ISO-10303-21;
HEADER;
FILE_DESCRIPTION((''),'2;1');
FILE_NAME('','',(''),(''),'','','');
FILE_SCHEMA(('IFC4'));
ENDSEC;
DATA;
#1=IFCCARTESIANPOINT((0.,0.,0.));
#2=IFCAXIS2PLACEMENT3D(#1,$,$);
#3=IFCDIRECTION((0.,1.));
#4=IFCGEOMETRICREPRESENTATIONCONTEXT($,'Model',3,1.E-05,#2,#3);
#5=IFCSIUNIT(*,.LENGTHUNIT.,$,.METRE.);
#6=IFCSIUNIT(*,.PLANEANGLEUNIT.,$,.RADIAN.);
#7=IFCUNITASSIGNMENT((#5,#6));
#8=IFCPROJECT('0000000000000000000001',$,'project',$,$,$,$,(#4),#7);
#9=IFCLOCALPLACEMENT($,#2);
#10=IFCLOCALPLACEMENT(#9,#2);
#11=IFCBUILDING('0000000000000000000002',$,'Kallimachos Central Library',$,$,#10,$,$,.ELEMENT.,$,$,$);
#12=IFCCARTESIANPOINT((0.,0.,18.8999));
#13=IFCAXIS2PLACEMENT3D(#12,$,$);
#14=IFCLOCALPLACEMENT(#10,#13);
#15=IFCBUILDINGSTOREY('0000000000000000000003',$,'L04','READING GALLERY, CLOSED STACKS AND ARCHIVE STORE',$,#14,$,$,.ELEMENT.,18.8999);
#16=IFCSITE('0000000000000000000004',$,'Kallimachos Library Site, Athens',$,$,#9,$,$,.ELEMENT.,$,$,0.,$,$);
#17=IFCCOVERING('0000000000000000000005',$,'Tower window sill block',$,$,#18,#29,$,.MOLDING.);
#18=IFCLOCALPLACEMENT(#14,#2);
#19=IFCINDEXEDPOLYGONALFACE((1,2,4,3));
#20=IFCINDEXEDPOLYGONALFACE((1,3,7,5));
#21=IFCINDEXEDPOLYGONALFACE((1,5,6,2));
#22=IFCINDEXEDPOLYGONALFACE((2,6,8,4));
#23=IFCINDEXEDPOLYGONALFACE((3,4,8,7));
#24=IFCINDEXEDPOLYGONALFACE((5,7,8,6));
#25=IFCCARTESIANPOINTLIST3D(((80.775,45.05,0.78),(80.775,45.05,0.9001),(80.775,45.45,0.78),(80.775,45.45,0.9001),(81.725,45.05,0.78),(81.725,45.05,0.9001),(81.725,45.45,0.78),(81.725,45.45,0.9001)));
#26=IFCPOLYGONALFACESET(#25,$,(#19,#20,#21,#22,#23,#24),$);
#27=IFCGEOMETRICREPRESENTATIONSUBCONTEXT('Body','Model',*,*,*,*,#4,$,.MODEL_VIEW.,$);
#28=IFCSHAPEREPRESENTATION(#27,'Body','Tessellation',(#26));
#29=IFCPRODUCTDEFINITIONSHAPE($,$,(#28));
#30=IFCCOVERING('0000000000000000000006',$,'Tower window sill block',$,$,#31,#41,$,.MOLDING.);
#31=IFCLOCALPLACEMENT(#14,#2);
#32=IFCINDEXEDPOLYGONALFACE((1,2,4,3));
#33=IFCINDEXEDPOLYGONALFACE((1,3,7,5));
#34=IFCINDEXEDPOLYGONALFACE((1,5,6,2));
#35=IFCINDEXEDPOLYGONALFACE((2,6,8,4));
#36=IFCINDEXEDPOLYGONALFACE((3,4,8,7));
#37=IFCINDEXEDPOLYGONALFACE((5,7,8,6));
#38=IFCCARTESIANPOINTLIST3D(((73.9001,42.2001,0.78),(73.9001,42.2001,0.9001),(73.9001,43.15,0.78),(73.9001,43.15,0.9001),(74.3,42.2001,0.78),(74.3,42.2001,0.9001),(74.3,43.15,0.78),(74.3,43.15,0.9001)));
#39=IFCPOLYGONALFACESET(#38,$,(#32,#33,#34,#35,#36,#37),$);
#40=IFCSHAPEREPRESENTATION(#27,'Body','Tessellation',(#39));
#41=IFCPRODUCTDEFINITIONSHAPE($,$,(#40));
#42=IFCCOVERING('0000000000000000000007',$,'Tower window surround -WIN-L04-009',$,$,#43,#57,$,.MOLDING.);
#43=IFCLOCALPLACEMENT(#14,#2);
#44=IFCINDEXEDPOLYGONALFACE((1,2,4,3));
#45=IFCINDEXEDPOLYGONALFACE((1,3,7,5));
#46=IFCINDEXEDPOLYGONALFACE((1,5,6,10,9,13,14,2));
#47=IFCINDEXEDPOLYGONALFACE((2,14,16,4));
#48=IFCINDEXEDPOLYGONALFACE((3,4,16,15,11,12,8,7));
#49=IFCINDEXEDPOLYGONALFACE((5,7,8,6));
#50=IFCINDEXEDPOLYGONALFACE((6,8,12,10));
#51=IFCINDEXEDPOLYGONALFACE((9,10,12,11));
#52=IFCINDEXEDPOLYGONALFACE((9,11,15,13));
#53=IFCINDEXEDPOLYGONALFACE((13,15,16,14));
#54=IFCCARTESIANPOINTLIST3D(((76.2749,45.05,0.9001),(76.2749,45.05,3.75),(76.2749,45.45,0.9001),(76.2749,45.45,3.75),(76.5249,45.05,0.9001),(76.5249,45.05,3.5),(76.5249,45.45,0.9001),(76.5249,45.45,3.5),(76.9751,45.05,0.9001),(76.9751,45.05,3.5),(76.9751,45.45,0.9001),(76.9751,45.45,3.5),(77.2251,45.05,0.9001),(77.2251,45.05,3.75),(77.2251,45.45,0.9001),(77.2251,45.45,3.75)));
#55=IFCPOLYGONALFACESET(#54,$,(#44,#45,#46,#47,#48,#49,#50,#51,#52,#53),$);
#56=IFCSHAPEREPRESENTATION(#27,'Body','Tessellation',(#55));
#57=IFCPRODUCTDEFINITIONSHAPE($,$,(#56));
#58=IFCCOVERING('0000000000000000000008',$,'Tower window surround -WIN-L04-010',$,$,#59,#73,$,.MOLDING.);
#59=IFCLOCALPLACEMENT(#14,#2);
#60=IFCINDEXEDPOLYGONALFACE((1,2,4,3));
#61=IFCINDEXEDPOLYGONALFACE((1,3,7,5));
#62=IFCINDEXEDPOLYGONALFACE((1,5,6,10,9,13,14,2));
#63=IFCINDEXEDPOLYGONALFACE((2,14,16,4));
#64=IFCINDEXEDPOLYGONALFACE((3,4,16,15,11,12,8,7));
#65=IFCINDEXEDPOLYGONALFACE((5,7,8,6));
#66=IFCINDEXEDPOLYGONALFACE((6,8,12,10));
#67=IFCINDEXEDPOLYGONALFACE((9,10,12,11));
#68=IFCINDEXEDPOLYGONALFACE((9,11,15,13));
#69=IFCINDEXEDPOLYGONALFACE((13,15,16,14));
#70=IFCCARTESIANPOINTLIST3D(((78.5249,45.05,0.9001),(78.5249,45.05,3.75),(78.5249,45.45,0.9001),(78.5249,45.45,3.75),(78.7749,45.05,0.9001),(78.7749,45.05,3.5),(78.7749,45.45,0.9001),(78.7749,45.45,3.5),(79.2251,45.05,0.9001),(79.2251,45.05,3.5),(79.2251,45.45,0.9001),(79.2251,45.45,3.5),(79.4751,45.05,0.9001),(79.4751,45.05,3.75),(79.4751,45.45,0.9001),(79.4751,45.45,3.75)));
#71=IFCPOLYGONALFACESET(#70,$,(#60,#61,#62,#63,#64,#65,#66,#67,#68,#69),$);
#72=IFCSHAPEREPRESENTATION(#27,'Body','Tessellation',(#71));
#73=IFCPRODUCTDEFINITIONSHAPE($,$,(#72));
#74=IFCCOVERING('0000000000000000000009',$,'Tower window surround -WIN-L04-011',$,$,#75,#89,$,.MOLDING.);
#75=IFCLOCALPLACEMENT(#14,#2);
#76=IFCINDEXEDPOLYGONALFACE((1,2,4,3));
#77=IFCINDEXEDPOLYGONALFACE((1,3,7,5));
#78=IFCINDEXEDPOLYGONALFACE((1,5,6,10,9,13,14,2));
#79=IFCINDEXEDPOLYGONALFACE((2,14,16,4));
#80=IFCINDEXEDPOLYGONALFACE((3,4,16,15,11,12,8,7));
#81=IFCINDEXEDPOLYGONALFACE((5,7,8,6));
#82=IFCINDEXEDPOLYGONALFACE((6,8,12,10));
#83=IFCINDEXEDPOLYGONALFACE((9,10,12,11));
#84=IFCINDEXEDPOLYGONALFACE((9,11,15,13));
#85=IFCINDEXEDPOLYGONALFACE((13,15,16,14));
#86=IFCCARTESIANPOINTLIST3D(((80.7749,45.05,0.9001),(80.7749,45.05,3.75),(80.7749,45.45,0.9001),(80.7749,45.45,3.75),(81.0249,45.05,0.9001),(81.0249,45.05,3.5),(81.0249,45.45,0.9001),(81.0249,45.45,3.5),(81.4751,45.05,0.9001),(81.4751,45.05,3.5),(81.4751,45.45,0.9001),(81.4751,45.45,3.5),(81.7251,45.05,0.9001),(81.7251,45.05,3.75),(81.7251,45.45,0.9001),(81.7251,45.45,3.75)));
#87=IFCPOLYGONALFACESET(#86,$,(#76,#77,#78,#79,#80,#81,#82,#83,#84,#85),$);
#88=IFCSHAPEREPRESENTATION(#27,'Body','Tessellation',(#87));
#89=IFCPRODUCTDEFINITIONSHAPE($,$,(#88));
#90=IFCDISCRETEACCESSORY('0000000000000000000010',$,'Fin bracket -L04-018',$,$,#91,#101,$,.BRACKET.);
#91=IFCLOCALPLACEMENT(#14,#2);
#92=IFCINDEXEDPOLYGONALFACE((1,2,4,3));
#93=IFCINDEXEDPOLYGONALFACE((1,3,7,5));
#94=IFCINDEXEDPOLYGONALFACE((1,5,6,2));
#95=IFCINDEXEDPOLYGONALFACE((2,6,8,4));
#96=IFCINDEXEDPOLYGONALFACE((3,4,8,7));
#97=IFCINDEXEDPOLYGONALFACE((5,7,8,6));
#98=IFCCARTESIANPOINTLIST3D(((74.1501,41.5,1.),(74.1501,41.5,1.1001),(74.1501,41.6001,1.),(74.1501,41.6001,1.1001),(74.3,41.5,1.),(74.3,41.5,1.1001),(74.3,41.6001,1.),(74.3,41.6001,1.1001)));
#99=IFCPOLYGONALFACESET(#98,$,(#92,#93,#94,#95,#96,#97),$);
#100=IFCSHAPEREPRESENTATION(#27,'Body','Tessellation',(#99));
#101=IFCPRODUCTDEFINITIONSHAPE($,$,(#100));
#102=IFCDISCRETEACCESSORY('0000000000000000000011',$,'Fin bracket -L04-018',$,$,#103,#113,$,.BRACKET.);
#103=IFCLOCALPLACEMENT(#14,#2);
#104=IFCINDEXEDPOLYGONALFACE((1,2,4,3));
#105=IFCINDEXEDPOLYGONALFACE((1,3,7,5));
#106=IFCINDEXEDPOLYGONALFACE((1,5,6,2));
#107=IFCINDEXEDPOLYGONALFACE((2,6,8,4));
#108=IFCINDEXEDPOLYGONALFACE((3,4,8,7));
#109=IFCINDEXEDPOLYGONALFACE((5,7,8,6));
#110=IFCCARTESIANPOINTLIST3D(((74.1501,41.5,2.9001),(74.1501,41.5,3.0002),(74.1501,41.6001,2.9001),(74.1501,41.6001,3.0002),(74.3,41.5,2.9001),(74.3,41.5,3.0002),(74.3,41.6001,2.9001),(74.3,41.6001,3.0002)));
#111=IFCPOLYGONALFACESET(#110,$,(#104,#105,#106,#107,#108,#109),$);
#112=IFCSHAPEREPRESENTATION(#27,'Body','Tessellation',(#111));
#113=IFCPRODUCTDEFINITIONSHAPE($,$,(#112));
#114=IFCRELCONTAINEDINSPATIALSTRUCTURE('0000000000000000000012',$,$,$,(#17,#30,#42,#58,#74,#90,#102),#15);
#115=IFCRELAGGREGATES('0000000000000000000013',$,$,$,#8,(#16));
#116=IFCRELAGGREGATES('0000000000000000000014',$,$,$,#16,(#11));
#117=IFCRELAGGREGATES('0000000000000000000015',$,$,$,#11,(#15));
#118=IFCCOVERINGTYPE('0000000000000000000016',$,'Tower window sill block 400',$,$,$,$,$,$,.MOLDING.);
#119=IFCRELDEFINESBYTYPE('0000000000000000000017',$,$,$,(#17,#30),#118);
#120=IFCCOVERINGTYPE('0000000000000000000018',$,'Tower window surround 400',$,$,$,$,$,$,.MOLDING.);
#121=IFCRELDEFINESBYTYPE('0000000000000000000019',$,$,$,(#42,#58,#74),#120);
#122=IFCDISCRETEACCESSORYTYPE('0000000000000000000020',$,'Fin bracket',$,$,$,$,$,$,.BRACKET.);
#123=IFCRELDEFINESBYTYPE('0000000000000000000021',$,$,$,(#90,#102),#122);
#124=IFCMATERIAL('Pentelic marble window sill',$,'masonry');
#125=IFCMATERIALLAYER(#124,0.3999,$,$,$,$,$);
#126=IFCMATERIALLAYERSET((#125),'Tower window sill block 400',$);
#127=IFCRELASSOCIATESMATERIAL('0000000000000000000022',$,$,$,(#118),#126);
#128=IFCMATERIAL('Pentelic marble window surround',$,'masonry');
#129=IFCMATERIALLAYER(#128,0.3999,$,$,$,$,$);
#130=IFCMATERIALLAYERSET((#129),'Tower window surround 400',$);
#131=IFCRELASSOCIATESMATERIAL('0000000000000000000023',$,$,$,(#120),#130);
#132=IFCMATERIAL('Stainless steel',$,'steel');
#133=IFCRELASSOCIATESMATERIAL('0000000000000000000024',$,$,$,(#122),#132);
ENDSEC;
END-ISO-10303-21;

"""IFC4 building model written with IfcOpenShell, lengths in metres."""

from ifc_helpers import new_model, si_unit, direction, frame, origin, origin_2d, place, context, subcontext, project, spatial, polyline, rectangle, outline, extrude, material, layer, layer_set, type_object, element, save


model = new_model("IFC4")

# Units and contexts
model_context = context("Model", 3, precision=1e-05, world=origin(), true_north=direction((0.0, 1.0)))
body_context = subcontext(model_context, "Body", "Model", "MODEL_VIEW")
ifc_project = project(units=[si_unit("LENGTHUNIT", "METRE"), si_unit("PLANEANGLEUNIT", "RADIAN")], contexts=[model_context])

# Site, building, storey
site_placement = place(None, origin())
site = spatial("IfcSite", under=ifc_project, at=site_placement, Name="Kallimachos Library Site, Athens", CompositionType="ELEMENT", RefElevation=0.0)
building_placement = place(site_placement, origin())
building = spatial("IfcBuilding", under=site, at=building_placement, Name="Kallimachos Central Library", CompositionType="ELEMENT")
storey_placement = place(building_placement, frame((0.0, 0.0, 18.8999)))
storey = spatial("IfcBuildingStorey", under=building, at=storey_placement, Name="L04", Description="READING GALLERY, CLOSED STACKS AND ARCHIVE STORE", CompositionType="ELEMENT", Elevation=18.8999)

# Coverings
ifc_material_1 = material(Name="Pentelic marble window sill", Category="masonry")
ifc_layer_1 = layer(ifc_material_1, 0.3999)
ifc_layer_set_1 = layer_set([ifc_layer_1], Name="Tower window sill block 400")
covering_type_1 = type_object("IfcCoveringType", Name="Tower window sill block 400", PredefinedType="MOLDING", material=ifc_layer_set_1)
for number, where, z_axis, x_axis, name in (
    (1, (81.25, 45.25, 0.78), (0.0, 0.0, 1.0), (1.0, 0.0, 0.0), "Tower window sill block"),
):
    element("IfcCovering", number, at=place(storey_placement, frame(where, z_axis=z_axis, x_axis=x_axis)), inside=storey, type_object=covering_type_1, Name=name, PredefinedType="MOLDING", context=body_context, shape_type="SweptSolid", body=[
        extrude(rectangle(XDim=0.95, YDim=0.3999, at=origin_2d()), origin(), (0.0, 0.0, 1.0), 0.1201),
    ])
covering_1_placement = place(storey_placement, frame((74.1001, 42.675, 0.78), z_axis=(0.0, 0.0, 1.0), x_axis=(1.0, 0.0, 0.0)))
element("IfcCovering", 2, at=covering_1_placement, inside=storey, type_object=covering_type_1, Name="Tower window sill block", PredefinedType="MOLDING", context=body_context, shape_type="SweptSolid", body=[
    extrude(rectangle(XDim=0.3999, YDim=0.95, at=origin_2d()), origin(), (0.0, 0.0, 1.0), 0.1201),
])
ifc_material_2 = material(Name="Pentelic marble window surround", Category="masonry")
ifc_layer_2 = layer(ifc_material_2, 0.3999)
ifc_layer_set_2 = layer_set([ifc_layer_2], Name="Tower window surround 400")
covering_type_2 = type_object("IfcCoveringType", Name="Tower window surround 400", PredefinedType="MOLDING", material=ifc_layer_set_2)
for number, where, z_axis, x_axis, name in (
    (3, (76.2749, 45.45, 0.9001), (0.0, 1.0, 0.0), (0.0, 0.0, 1.0), "Tower window surround -WIN-L04-009"),
    (4, (78.5249, 45.45, 0.9001), (0.0, 1.0, 0.0), (0.0, 0.0, 1.0), "Tower window surround -WIN-L04-010"),
    (5, (80.7749, 45.45, 0.9001), (0.0, 1.0, 0.0), (0.0, 0.0, 1.0), "Tower window surround -WIN-L04-011"),
):
    element("IfcCovering", number, at=place(storey_placement, frame(where, z_axis=z_axis, x_axis=x_axis)), inside=storey, type_object=covering_type_2, Name=name, PredefinedType="MOLDING", context=body_context, shape_type="SweptSolid", body=[
        extrude(outline(polyline([(0.0, 0.0), (2.8499, 0.0), (2.8499, 0.9502), (0.0, 0.9502), (0.0, 0.7002), (2.5999, 0.7002), (2.5999, 0.25), (0.0, 0.25), (0.0, 0.0)])), origin(), (0.0, 0.0, -1.0), 0.3999),
    ])

# Discrete accessories
ifc_material_3 = material(Name="Stainless steel", Category="steel")
discrete_accessory_type = type_object("IfcDiscreteAccessoryType", Name="Fin bracket", PredefinedType="BRACKET", material=ifc_material_3)
for number, where, z_axis, x_axis, name in (
    (6, (74.2251, 41.55, 1.0), (0.0, 0.0, 1.0), (1.0, 0.0, 0.0), "Fin bracket -L04-018"),
    (7, (74.2251, 41.55, 2.9001), (0.0, 0.0, 1.0), (1.0, 0.0, 0.0), "Fin bracket -L04-018"),
):
    element("IfcDiscreteAccessory", number, at=place(storey_placement, frame(where, z_axis=z_axis, x_axis=x_axis)), inside=storey, type_object=discrete_accessory_type, Name=name, PredefinedType="BRACKET", context=body_context, shape_type="SweptSolid", body=[
        extrude(rectangle(XDim=0.1499, YDim=0.1001, at=origin_2d()), origin(), (0.0, 0.0, 1.0), 0.1001),
    ])

save(model, "model.ifc")
